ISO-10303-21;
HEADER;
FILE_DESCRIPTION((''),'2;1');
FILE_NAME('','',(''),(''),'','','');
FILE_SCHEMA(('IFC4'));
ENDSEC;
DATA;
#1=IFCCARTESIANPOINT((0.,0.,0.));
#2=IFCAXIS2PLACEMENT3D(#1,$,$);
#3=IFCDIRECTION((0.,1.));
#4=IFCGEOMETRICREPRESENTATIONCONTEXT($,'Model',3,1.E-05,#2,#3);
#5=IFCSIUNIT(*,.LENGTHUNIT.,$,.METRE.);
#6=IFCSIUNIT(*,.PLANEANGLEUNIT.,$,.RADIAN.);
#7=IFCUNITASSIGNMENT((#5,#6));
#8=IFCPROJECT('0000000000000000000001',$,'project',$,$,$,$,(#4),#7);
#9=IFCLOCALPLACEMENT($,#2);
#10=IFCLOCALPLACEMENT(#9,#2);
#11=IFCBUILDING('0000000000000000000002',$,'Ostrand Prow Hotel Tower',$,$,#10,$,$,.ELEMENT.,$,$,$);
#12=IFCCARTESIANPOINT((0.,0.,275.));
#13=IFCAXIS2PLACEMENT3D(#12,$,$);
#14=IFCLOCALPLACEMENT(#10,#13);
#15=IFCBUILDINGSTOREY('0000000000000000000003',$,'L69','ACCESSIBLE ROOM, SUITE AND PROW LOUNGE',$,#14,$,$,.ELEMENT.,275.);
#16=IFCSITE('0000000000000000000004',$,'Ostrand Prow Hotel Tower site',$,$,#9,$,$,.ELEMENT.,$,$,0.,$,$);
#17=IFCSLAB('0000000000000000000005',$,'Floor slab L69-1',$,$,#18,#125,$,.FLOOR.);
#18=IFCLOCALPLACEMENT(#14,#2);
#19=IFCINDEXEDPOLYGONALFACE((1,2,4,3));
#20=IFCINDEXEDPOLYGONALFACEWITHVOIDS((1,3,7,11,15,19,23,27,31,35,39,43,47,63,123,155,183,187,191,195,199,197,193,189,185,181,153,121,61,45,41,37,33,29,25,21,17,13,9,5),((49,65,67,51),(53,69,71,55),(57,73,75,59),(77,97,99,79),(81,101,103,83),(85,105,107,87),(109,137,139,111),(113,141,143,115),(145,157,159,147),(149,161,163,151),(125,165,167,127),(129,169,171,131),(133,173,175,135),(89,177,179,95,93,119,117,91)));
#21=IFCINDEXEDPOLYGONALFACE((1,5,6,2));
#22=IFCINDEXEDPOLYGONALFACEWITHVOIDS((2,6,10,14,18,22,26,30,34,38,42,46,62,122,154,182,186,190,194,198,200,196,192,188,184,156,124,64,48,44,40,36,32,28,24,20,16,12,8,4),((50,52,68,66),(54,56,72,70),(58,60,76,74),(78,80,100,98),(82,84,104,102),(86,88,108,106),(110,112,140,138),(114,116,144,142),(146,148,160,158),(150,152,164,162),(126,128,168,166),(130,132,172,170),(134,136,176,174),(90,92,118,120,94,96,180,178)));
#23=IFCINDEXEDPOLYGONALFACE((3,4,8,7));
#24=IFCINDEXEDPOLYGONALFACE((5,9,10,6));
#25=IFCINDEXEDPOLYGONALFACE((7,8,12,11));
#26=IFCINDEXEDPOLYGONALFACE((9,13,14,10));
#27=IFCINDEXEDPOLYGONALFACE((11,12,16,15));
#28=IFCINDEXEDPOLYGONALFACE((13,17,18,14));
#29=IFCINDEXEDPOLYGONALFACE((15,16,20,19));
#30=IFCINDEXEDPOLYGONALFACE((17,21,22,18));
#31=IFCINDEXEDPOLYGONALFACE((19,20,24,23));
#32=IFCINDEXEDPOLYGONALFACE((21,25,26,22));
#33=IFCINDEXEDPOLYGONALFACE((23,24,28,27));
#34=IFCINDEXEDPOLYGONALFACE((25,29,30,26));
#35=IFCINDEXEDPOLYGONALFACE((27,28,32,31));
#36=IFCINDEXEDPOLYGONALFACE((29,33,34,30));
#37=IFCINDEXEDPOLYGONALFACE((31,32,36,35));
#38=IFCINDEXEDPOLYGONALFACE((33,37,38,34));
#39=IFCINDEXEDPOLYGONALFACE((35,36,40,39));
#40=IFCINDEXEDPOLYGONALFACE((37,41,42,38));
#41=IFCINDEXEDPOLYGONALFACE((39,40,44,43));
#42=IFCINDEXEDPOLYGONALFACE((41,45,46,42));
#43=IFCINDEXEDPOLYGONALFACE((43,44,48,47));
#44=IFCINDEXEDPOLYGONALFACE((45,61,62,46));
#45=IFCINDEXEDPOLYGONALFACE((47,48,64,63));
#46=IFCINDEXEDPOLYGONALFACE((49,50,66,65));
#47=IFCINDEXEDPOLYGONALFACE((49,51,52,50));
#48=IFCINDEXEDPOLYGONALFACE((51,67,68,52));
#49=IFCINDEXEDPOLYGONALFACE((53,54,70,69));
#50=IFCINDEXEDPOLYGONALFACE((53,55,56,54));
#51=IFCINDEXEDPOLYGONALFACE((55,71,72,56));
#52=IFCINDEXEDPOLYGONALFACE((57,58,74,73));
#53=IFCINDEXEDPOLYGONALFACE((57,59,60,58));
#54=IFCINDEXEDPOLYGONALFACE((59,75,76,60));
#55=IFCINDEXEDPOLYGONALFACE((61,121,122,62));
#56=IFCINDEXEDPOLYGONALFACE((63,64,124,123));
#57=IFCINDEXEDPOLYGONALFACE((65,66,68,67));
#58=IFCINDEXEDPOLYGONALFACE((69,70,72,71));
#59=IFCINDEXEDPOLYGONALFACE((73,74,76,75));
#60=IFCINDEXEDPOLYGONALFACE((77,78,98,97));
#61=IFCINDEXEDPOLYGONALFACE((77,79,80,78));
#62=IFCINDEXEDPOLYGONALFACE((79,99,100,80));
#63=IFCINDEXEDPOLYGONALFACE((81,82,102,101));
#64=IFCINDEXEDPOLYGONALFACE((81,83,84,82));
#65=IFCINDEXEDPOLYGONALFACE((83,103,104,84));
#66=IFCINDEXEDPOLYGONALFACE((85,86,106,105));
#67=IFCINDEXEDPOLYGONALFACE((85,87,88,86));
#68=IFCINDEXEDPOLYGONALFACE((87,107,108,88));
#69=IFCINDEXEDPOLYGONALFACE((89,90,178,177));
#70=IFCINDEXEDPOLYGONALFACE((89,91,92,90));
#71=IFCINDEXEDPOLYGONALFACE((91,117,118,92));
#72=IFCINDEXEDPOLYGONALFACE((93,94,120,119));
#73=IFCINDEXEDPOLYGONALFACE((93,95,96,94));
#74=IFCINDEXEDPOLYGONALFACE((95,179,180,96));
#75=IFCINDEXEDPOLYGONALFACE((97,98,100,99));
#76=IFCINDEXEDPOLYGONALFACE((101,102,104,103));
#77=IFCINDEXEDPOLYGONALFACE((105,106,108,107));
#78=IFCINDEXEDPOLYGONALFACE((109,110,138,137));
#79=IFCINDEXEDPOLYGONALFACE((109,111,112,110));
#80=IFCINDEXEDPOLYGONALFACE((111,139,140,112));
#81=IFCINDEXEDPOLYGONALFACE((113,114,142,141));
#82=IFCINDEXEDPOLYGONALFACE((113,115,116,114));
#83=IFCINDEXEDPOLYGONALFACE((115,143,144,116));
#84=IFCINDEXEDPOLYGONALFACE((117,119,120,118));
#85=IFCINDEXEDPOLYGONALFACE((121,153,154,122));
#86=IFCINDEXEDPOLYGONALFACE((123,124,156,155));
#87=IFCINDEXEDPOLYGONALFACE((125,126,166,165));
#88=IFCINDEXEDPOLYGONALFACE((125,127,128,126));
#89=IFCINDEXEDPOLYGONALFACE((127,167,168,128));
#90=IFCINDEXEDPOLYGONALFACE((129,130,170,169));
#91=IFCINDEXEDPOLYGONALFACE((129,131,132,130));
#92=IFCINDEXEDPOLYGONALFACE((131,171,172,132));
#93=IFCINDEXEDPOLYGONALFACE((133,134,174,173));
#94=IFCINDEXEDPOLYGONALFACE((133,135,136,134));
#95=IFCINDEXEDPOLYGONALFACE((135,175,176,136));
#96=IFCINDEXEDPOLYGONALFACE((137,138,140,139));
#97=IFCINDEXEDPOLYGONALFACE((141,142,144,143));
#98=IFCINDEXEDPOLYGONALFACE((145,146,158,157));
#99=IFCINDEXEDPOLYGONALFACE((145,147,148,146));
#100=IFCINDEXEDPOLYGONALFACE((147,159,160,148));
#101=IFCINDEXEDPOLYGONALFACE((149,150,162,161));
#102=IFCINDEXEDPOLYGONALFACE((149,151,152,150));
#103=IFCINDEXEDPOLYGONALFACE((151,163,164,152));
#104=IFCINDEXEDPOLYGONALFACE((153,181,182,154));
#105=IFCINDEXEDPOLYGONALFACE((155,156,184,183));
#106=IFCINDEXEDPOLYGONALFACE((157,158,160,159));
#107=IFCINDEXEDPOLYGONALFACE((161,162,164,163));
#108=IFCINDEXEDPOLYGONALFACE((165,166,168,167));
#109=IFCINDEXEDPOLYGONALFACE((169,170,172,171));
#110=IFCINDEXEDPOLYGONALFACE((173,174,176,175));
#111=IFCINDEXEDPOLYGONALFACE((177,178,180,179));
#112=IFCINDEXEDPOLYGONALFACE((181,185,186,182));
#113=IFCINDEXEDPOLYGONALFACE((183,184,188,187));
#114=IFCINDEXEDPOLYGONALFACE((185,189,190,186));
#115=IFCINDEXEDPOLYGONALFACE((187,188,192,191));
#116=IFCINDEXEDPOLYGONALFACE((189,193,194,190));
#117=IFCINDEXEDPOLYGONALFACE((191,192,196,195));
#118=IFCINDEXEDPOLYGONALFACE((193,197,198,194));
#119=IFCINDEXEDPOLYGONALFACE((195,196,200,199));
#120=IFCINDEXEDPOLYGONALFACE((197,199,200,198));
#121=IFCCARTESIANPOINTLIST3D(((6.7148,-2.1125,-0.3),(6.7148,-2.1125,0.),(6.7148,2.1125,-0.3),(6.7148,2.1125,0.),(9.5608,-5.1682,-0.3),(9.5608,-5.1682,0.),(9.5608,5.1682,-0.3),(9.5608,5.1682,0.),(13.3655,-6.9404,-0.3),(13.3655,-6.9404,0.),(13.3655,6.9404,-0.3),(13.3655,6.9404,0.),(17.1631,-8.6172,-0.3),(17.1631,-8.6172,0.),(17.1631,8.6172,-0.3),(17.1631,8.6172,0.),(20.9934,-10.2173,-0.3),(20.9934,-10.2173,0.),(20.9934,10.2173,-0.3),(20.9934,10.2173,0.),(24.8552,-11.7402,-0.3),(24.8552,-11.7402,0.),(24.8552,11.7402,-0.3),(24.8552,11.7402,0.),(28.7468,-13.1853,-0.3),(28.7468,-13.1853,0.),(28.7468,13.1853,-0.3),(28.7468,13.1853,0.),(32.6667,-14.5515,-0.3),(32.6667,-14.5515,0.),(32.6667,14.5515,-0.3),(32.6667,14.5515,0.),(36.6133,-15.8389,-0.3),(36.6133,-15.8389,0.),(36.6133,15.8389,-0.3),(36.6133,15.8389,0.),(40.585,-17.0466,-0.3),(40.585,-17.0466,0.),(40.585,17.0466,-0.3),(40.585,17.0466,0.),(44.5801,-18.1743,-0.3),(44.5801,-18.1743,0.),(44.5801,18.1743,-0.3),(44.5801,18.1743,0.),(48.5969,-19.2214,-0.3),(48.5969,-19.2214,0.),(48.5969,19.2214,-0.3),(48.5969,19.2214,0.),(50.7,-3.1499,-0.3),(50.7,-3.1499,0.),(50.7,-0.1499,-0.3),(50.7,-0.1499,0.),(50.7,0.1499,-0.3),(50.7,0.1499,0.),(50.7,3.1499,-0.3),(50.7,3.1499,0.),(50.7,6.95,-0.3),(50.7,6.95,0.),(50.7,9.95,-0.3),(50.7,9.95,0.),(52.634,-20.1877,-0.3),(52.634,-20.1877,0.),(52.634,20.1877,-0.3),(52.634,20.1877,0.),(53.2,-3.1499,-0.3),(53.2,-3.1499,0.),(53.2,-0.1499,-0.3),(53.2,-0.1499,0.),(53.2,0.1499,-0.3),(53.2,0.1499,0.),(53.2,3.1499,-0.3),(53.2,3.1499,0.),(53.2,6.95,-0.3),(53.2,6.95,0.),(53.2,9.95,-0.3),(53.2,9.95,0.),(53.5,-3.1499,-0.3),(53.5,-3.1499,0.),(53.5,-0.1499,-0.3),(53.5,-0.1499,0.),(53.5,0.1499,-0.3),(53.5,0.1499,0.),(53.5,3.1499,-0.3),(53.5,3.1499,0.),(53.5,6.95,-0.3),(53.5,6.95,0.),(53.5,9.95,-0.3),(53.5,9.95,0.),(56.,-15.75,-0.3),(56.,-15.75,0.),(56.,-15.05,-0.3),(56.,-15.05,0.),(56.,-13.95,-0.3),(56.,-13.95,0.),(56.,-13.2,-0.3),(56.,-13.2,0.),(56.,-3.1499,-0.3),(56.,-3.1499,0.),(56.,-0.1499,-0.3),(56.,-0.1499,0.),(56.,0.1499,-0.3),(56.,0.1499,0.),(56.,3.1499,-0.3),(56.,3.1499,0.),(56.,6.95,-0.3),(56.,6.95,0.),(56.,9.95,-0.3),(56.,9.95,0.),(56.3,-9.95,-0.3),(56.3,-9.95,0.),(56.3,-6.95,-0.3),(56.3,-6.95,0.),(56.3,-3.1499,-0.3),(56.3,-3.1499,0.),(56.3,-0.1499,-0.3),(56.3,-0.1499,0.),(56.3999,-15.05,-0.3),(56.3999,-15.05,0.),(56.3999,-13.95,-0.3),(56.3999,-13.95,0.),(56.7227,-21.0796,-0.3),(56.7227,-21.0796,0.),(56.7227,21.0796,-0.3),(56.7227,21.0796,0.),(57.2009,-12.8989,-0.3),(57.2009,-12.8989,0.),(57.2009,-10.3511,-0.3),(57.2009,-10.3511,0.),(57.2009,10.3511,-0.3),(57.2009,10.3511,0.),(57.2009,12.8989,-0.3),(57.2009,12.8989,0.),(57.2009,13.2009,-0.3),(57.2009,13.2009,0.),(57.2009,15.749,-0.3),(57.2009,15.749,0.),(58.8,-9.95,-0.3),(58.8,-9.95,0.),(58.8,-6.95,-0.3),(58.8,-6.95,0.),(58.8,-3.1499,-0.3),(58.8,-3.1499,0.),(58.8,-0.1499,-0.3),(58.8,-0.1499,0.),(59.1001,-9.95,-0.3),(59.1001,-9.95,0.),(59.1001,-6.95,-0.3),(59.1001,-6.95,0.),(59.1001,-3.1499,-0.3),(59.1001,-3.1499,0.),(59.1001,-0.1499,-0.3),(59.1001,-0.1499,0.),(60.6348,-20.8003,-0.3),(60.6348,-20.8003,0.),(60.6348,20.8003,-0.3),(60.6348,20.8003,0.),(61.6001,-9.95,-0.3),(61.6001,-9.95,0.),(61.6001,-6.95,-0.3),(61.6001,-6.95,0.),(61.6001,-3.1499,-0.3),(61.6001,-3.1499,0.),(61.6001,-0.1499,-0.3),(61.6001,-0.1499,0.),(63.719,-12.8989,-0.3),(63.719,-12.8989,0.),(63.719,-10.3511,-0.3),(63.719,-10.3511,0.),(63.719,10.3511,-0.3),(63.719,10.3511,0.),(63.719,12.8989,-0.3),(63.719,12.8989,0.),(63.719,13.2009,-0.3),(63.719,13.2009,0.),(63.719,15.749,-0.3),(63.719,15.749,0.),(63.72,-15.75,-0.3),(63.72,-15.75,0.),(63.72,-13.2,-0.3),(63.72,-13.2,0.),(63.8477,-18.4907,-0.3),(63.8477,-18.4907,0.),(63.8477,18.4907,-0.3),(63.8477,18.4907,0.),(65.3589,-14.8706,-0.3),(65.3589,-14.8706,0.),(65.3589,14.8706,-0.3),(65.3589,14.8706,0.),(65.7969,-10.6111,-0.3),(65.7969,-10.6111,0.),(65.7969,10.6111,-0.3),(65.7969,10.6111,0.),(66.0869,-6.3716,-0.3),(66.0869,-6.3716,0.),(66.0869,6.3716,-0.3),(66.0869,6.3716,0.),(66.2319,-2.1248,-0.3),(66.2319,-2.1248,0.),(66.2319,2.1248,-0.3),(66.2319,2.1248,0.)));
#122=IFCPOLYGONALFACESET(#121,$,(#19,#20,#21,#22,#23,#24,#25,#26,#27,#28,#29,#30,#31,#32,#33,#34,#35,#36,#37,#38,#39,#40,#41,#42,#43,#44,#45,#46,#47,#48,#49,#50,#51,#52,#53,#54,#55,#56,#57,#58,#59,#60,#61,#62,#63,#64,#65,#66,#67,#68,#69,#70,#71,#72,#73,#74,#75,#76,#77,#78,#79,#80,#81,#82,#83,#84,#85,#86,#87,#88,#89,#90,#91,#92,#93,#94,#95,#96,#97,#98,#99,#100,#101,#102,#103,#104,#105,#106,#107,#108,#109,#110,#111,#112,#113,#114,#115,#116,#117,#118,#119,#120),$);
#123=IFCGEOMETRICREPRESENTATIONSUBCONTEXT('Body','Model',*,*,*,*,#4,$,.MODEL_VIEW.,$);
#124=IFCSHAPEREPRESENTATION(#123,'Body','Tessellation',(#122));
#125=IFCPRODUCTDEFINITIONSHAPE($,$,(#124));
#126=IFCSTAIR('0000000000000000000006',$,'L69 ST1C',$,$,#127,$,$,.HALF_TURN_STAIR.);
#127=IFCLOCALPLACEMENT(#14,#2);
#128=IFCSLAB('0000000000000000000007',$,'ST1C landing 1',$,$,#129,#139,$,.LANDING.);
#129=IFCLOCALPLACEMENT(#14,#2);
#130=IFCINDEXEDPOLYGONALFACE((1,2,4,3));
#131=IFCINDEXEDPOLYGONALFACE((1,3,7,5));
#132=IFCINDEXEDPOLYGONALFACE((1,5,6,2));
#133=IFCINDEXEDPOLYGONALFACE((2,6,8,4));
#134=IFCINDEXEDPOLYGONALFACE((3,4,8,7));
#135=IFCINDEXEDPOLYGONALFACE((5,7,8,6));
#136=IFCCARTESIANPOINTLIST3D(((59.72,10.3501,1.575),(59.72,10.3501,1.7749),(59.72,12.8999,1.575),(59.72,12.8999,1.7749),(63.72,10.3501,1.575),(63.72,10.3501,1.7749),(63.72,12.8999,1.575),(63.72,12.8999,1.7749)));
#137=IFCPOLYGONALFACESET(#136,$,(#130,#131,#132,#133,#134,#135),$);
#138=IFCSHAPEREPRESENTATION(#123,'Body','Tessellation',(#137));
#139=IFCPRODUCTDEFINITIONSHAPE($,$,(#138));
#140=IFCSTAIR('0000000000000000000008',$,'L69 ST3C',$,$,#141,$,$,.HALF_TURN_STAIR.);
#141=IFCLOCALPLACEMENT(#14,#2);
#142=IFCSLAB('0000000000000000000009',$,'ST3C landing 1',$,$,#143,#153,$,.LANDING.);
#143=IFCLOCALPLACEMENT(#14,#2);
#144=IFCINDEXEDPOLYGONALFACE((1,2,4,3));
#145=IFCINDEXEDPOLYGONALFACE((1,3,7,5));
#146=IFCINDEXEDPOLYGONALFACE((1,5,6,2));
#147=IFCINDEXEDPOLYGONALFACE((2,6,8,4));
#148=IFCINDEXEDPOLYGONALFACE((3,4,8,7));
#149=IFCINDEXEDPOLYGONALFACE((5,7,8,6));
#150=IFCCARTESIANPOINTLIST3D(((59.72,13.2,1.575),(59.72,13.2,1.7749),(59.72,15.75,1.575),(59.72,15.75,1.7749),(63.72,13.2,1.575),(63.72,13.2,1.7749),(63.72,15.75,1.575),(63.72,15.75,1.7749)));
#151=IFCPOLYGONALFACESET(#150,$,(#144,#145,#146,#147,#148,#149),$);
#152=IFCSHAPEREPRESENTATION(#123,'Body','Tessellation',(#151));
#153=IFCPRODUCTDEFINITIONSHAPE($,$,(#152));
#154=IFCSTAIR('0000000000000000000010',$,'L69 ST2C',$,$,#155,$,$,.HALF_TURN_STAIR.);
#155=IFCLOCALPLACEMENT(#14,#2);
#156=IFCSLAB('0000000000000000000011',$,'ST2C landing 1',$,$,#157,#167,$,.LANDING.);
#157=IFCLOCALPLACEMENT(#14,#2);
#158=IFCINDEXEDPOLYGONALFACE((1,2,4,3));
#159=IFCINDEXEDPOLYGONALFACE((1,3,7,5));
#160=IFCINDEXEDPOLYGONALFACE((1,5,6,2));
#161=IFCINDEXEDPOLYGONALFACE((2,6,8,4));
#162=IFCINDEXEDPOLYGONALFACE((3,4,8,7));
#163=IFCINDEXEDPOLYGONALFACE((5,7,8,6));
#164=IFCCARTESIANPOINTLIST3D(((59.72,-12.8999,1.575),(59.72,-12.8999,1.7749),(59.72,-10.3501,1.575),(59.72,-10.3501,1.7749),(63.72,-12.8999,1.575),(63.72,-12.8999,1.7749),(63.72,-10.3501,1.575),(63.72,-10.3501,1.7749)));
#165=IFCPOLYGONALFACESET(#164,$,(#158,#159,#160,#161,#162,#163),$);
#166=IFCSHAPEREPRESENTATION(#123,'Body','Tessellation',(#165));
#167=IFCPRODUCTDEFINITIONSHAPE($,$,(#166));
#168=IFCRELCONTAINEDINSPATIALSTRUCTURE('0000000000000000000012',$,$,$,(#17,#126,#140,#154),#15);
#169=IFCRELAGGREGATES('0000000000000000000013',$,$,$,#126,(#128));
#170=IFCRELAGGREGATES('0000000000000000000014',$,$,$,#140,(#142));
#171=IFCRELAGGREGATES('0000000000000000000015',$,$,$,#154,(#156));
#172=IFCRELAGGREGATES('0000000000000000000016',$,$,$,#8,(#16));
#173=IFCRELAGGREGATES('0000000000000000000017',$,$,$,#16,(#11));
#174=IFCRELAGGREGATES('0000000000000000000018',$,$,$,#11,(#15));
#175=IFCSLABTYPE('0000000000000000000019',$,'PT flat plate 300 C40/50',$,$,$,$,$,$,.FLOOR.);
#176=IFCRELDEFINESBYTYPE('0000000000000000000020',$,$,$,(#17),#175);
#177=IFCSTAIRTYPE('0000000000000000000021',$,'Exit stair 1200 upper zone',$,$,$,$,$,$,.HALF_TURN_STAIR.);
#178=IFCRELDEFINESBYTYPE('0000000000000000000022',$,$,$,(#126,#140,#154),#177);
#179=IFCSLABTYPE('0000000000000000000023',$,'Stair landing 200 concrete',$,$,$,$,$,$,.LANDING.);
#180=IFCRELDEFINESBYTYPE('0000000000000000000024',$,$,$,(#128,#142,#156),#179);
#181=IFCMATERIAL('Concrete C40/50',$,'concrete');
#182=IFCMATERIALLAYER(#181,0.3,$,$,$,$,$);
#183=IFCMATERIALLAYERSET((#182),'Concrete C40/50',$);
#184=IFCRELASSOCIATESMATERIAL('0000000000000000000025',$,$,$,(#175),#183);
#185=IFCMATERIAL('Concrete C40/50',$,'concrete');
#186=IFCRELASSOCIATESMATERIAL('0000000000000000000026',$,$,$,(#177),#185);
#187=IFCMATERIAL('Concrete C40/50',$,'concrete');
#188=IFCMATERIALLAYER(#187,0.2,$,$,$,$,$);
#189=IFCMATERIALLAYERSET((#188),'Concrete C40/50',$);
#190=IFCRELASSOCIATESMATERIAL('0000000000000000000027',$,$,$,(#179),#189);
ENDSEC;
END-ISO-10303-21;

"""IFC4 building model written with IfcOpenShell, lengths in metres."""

from ifc_helpers import new_model, si_unit, direction, frame, origin, place, context, subcontext, project, spatial, polyline, outline, extrude, material, layer, layer_set, type_object, element, aggregate, save


model = new_model("IFC4")

# Units and contexts
model_context = context("Model", 3, precision=1e-05, world=origin(), true_north=direction((0.0, 1.0)))
body_context = subcontext(model_context, "Body", "Model", "MODEL_VIEW")
ifc_project = project(units=[si_unit("LENGTHUNIT", "METRE"), si_unit("PLANEANGLEUNIT", "RADIAN")], contexts=[model_context])

# Site, building, storey
site_placement = place(None, origin())
site = spatial("IfcSite", under=ifc_project, at=site_placement, Name="Ostrand Prow Hotel Tower site", CompositionType="ELEMENT", RefElevation=0.0)
building_placement = place(site_placement, origin())
building = spatial("IfcBuilding", under=site, at=building_placement, Name="Ostrand Prow Hotel Tower", CompositionType="ELEMENT")
storey_placement = place(building_placement, frame((0.0, 0.0, 275.0)))
storey = spatial("IfcBuildingStorey", under=building, at=storey_placement, Name="L69", Description="ACCESSIBLE ROOM, SUITE AND PROW LOUNGE", CompositionType="ELEMENT", Elevation=275.0)

# Slab, opening
ifc_material_1 = material(Name="Concrete C40/50", Category="concrete")
ifc_layer_1 = layer(ifc_material_1, 0.3)
ifc_layer_set_1 = layer_set([ifc_layer_1], Name="Concrete C40/50")
slab_type_1 = type_object("IfcSlabType", Name="PT flat plate 300 C40/50", PredefinedType="FLOOR", material=ifc_layer_set_1)
slab_1_placement = place(storey_placement, frame((0.0, 0.0, -0.3)))
slab_1 = element("IfcSlab", 1, at=slab_1_placement, inside=storey, type_object=slab_type_1, Name="Floor slab L69-1", PredefinedType="FLOOR", context=body_context, shape_type="SweptSolid", body=[
    extrude(outline(polyline([(9.5608, 5.1682), (13.3655, 6.9404), (17.1631, 8.6172), (20.9934, 10.2173), (24.8552, 11.7402), (28.7468, 13.1853), (32.6667, 14.5515), (36.6133, 15.8389), (40.585, 17.0466), (44.5801, 18.1743), (48.5969, 19.2214), (52.634, 20.1877), (56.7227, 21.0796), (60.6348, 20.8003), (63.8477, 18.4907), (65.3589, 14.8706), (65.7969, 10.6111), (66.0869, 6.3716), (66.2319, 2.1248), (66.2319, -2.1248), (66.0869, -6.3716), (65.7969, -10.6111), (65.3589, -14.8706), (63.8477, -18.4907), (60.6348, -20.8003), (56.7227, -21.0796), (52.634, -20.1877), (48.5969, -19.2214), (44.5801, -18.1743), (40.585, -17.0466), (36.6133, -15.8389), (32.6667, -14.5515), (28.7468, -13.1853), (24.8552, -11.7402), (20.9934, -10.2173), (17.1631, -8.6172), (13.3655, -6.9404), (9.5608, -5.1682), (6.7148, -2.1125), (6.7148, 2.1125), (9.5608, 5.1682)]), holes=[polyline([(50.7, 6.95), (53.2, 6.95), (53.2, 9.95), (50.7, 9.95), (50.7, 6.95)]), polyline([(53.5, 6.95), (56.0, 6.95), (56.0, 9.95), (53.5, 9.95), (53.5, 6.95)]), polyline([(50.7, 0.1499), (53.2, 0.1499), (53.2, 3.1499), (50.7, 3.1499), (50.7, 0.1499)]), polyline([(53.5, 0.1499), (56.0, 0.1499), (56.0, 3.1499), (53.5, 3.1499), (53.5, 0.1499)]), polyline([(50.7, -3.1499), (53.2, -3.1499), (53.2, -0.1499), (50.7, -0.1499), (50.7, -3.1499)]), polyline([(53.5, -3.1499), (56.0, -3.1499), (56.0, -0.1499), (53.5, -0.1499), (53.5, -3.1499)]), polyline([(56.3, -3.1499), (58.8, -3.1499), (58.8, -0.1499), (56.3, -0.1499), (56.3, -3.1499)]), polyline([(59.1001, -3.1499), (61.6001, -3.1499), (61.6001, -0.1499), (59.1001, -0.1499), (59.1001, -3.1499)]), polyline([(56.3, -9.95), (58.8, -9.95), (58.8, -6.95), (56.3, -6.95), (56.3, -9.95)]), polyline([(59.1001, -9.95), (61.6001, -9.95), (61.6001, -6.95), (59.1001, -6.95), (59.1001, -9.95)]), polyline([(57.2009, 10.3511), (57.2009, 12.8989), (63.719, 12.8989), (63.719, 10.3511), (57.2009, 10.3511)]), polyline([(57.2009, 13.2009), (57.2009, 15.749), (63.719, 15.749), (63.719, 13.2009), (57.2009, 13.2009)]), polyline([(57.2009, -12.8989), (57.2009, -10.3511), (63.719, -10.3511), (63.719, -12.8989), (57.2009, -12.8989)]), polyline([(56.0, -13.95), (56.0, -13.2), (63.72, -13.2), (63.72, -15.75), (56.0, -15.75), (56.0, -15.05), (56.3999, -15.05), (56.3999, -13.95), (56.0, -13.95)])]), origin(), (0.0, 0.0, 1.0), 0.3),
])
opening_placement = place(slab_1_placement, origin())
element("IfcOpeningElement", 2, at=opening_placement, cuts=slab_1, PredefinedType="OPENING", context=body_context, shape_type="SweptSolid", body=[
    extrude(outline(polyline([(56.0, -13.95), (56.0, -13.2), (63.72, -13.2), (63.72, -15.75), (56.0, -15.75), (56.0, -15.05), (56.3999, -15.05), (56.3999, -13.95), (56.0, -13.95)])), origin(), (0.0, 0.0, 1.0), 0.3),
])

# Stairs, slabs
ifc_material_2 = material(Name="Concrete C40/50", Category="concrete")
stair_type = type_object("IfcStairType", Name="Exit stair 1200 upper zone", PredefinedType="HALF_TURN_STAIR", material=ifc_material_2)
stair_1_placement = place(storey_placement, origin())
stair_1 = element("IfcStair", 3, at=stair_1_placement, inside=storey, type_object=stair_type, Name="L69 ST1C", PredefinedType="HALF_TURN_STAIR")
ifc_material_3 = material(Name="Concrete C40/50", Category="concrete")
ifc_layer_2 = layer(ifc_material_3, 0.2)
ifc_layer_set_2 = layer_set([ifc_layer_2], Name="Concrete C40/50")
slab_type_2 = type_object("IfcSlabType", Name="Stair landing 200 concrete", PredefinedType="LANDING", material=ifc_layer_set_2)
slab_2_placement = place(storey_placement, frame((0.0, 0.0, 1.575)))
slab_2 = element("IfcSlab", 4, at=slab_2_placement, type_object=slab_type_2, Name="ST1C landing 1", PredefinedType="LANDING", context=body_context, shape_type="SweptSolid", body=[
    extrude(outline(polyline([(59.72, 10.3501), (63.72, 10.3501), (63.72, 12.8999), (59.72, 12.8999), (59.72, 10.3501)])), origin(), (0.0, 0.0, 1.0), 0.2),
])
aggregate(stair_1, [slab_2])
stair_2_placement = place(storey_placement, origin())
stair_2 = element("IfcStair", 5, at=stair_2_placement, inside=storey, type_object=stair_type, Name="L69 ST3C", PredefinedType="HALF_TURN_STAIR")
slab_3_placement = place(storey_placement, frame((0.0, 0.0, 1.575)))
slab_3 = element("IfcSlab", 6, at=slab_3_placement, type_object=slab_type_2, Name="ST3C landing 1", PredefinedType="LANDING", context=body_context, shape_type="SweptSolid", body=[
    extrude(outline(polyline([(59.72, 13.2), (63.72, 13.2), (63.72, 15.75), (59.72, 15.75), (59.72, 13.2)])), origin(), (0.0, 0.0, 1.0), 0.2),
])
aggregate(stair_2, [slab_3])
stair_3_placement = place(storey_placement, origin())
stair_3 = element("IfcStair", 7, at=stair_3_placement, inside=storey, type_object=stair_type, Name="L69 ST2C", PredefinedType="HALF_TURN_STAIR")
slab_4_placement = place(storey_placement, frame((0.0, 0.0, 1.575)))
slab_4 = element("IfcSlab", 8, at=slab_4_placement, type_object=slab_type_2, Name="ST2C landing 1", PredefinedType="LANDING", context=body_context, shape_type="SweptSolid", body=[
    extrude(outline(polyline([(59.72, -12.8999), (63.72, -12.8999), (63.72, -10.3501), (59.72, -10.3501), (59.72, -12.8999)])), origin(), (0.0, 0.0, 1.0), 0.2),
])
aggregate(stair_3, [slab_4])

save(model, "model.ifc")
